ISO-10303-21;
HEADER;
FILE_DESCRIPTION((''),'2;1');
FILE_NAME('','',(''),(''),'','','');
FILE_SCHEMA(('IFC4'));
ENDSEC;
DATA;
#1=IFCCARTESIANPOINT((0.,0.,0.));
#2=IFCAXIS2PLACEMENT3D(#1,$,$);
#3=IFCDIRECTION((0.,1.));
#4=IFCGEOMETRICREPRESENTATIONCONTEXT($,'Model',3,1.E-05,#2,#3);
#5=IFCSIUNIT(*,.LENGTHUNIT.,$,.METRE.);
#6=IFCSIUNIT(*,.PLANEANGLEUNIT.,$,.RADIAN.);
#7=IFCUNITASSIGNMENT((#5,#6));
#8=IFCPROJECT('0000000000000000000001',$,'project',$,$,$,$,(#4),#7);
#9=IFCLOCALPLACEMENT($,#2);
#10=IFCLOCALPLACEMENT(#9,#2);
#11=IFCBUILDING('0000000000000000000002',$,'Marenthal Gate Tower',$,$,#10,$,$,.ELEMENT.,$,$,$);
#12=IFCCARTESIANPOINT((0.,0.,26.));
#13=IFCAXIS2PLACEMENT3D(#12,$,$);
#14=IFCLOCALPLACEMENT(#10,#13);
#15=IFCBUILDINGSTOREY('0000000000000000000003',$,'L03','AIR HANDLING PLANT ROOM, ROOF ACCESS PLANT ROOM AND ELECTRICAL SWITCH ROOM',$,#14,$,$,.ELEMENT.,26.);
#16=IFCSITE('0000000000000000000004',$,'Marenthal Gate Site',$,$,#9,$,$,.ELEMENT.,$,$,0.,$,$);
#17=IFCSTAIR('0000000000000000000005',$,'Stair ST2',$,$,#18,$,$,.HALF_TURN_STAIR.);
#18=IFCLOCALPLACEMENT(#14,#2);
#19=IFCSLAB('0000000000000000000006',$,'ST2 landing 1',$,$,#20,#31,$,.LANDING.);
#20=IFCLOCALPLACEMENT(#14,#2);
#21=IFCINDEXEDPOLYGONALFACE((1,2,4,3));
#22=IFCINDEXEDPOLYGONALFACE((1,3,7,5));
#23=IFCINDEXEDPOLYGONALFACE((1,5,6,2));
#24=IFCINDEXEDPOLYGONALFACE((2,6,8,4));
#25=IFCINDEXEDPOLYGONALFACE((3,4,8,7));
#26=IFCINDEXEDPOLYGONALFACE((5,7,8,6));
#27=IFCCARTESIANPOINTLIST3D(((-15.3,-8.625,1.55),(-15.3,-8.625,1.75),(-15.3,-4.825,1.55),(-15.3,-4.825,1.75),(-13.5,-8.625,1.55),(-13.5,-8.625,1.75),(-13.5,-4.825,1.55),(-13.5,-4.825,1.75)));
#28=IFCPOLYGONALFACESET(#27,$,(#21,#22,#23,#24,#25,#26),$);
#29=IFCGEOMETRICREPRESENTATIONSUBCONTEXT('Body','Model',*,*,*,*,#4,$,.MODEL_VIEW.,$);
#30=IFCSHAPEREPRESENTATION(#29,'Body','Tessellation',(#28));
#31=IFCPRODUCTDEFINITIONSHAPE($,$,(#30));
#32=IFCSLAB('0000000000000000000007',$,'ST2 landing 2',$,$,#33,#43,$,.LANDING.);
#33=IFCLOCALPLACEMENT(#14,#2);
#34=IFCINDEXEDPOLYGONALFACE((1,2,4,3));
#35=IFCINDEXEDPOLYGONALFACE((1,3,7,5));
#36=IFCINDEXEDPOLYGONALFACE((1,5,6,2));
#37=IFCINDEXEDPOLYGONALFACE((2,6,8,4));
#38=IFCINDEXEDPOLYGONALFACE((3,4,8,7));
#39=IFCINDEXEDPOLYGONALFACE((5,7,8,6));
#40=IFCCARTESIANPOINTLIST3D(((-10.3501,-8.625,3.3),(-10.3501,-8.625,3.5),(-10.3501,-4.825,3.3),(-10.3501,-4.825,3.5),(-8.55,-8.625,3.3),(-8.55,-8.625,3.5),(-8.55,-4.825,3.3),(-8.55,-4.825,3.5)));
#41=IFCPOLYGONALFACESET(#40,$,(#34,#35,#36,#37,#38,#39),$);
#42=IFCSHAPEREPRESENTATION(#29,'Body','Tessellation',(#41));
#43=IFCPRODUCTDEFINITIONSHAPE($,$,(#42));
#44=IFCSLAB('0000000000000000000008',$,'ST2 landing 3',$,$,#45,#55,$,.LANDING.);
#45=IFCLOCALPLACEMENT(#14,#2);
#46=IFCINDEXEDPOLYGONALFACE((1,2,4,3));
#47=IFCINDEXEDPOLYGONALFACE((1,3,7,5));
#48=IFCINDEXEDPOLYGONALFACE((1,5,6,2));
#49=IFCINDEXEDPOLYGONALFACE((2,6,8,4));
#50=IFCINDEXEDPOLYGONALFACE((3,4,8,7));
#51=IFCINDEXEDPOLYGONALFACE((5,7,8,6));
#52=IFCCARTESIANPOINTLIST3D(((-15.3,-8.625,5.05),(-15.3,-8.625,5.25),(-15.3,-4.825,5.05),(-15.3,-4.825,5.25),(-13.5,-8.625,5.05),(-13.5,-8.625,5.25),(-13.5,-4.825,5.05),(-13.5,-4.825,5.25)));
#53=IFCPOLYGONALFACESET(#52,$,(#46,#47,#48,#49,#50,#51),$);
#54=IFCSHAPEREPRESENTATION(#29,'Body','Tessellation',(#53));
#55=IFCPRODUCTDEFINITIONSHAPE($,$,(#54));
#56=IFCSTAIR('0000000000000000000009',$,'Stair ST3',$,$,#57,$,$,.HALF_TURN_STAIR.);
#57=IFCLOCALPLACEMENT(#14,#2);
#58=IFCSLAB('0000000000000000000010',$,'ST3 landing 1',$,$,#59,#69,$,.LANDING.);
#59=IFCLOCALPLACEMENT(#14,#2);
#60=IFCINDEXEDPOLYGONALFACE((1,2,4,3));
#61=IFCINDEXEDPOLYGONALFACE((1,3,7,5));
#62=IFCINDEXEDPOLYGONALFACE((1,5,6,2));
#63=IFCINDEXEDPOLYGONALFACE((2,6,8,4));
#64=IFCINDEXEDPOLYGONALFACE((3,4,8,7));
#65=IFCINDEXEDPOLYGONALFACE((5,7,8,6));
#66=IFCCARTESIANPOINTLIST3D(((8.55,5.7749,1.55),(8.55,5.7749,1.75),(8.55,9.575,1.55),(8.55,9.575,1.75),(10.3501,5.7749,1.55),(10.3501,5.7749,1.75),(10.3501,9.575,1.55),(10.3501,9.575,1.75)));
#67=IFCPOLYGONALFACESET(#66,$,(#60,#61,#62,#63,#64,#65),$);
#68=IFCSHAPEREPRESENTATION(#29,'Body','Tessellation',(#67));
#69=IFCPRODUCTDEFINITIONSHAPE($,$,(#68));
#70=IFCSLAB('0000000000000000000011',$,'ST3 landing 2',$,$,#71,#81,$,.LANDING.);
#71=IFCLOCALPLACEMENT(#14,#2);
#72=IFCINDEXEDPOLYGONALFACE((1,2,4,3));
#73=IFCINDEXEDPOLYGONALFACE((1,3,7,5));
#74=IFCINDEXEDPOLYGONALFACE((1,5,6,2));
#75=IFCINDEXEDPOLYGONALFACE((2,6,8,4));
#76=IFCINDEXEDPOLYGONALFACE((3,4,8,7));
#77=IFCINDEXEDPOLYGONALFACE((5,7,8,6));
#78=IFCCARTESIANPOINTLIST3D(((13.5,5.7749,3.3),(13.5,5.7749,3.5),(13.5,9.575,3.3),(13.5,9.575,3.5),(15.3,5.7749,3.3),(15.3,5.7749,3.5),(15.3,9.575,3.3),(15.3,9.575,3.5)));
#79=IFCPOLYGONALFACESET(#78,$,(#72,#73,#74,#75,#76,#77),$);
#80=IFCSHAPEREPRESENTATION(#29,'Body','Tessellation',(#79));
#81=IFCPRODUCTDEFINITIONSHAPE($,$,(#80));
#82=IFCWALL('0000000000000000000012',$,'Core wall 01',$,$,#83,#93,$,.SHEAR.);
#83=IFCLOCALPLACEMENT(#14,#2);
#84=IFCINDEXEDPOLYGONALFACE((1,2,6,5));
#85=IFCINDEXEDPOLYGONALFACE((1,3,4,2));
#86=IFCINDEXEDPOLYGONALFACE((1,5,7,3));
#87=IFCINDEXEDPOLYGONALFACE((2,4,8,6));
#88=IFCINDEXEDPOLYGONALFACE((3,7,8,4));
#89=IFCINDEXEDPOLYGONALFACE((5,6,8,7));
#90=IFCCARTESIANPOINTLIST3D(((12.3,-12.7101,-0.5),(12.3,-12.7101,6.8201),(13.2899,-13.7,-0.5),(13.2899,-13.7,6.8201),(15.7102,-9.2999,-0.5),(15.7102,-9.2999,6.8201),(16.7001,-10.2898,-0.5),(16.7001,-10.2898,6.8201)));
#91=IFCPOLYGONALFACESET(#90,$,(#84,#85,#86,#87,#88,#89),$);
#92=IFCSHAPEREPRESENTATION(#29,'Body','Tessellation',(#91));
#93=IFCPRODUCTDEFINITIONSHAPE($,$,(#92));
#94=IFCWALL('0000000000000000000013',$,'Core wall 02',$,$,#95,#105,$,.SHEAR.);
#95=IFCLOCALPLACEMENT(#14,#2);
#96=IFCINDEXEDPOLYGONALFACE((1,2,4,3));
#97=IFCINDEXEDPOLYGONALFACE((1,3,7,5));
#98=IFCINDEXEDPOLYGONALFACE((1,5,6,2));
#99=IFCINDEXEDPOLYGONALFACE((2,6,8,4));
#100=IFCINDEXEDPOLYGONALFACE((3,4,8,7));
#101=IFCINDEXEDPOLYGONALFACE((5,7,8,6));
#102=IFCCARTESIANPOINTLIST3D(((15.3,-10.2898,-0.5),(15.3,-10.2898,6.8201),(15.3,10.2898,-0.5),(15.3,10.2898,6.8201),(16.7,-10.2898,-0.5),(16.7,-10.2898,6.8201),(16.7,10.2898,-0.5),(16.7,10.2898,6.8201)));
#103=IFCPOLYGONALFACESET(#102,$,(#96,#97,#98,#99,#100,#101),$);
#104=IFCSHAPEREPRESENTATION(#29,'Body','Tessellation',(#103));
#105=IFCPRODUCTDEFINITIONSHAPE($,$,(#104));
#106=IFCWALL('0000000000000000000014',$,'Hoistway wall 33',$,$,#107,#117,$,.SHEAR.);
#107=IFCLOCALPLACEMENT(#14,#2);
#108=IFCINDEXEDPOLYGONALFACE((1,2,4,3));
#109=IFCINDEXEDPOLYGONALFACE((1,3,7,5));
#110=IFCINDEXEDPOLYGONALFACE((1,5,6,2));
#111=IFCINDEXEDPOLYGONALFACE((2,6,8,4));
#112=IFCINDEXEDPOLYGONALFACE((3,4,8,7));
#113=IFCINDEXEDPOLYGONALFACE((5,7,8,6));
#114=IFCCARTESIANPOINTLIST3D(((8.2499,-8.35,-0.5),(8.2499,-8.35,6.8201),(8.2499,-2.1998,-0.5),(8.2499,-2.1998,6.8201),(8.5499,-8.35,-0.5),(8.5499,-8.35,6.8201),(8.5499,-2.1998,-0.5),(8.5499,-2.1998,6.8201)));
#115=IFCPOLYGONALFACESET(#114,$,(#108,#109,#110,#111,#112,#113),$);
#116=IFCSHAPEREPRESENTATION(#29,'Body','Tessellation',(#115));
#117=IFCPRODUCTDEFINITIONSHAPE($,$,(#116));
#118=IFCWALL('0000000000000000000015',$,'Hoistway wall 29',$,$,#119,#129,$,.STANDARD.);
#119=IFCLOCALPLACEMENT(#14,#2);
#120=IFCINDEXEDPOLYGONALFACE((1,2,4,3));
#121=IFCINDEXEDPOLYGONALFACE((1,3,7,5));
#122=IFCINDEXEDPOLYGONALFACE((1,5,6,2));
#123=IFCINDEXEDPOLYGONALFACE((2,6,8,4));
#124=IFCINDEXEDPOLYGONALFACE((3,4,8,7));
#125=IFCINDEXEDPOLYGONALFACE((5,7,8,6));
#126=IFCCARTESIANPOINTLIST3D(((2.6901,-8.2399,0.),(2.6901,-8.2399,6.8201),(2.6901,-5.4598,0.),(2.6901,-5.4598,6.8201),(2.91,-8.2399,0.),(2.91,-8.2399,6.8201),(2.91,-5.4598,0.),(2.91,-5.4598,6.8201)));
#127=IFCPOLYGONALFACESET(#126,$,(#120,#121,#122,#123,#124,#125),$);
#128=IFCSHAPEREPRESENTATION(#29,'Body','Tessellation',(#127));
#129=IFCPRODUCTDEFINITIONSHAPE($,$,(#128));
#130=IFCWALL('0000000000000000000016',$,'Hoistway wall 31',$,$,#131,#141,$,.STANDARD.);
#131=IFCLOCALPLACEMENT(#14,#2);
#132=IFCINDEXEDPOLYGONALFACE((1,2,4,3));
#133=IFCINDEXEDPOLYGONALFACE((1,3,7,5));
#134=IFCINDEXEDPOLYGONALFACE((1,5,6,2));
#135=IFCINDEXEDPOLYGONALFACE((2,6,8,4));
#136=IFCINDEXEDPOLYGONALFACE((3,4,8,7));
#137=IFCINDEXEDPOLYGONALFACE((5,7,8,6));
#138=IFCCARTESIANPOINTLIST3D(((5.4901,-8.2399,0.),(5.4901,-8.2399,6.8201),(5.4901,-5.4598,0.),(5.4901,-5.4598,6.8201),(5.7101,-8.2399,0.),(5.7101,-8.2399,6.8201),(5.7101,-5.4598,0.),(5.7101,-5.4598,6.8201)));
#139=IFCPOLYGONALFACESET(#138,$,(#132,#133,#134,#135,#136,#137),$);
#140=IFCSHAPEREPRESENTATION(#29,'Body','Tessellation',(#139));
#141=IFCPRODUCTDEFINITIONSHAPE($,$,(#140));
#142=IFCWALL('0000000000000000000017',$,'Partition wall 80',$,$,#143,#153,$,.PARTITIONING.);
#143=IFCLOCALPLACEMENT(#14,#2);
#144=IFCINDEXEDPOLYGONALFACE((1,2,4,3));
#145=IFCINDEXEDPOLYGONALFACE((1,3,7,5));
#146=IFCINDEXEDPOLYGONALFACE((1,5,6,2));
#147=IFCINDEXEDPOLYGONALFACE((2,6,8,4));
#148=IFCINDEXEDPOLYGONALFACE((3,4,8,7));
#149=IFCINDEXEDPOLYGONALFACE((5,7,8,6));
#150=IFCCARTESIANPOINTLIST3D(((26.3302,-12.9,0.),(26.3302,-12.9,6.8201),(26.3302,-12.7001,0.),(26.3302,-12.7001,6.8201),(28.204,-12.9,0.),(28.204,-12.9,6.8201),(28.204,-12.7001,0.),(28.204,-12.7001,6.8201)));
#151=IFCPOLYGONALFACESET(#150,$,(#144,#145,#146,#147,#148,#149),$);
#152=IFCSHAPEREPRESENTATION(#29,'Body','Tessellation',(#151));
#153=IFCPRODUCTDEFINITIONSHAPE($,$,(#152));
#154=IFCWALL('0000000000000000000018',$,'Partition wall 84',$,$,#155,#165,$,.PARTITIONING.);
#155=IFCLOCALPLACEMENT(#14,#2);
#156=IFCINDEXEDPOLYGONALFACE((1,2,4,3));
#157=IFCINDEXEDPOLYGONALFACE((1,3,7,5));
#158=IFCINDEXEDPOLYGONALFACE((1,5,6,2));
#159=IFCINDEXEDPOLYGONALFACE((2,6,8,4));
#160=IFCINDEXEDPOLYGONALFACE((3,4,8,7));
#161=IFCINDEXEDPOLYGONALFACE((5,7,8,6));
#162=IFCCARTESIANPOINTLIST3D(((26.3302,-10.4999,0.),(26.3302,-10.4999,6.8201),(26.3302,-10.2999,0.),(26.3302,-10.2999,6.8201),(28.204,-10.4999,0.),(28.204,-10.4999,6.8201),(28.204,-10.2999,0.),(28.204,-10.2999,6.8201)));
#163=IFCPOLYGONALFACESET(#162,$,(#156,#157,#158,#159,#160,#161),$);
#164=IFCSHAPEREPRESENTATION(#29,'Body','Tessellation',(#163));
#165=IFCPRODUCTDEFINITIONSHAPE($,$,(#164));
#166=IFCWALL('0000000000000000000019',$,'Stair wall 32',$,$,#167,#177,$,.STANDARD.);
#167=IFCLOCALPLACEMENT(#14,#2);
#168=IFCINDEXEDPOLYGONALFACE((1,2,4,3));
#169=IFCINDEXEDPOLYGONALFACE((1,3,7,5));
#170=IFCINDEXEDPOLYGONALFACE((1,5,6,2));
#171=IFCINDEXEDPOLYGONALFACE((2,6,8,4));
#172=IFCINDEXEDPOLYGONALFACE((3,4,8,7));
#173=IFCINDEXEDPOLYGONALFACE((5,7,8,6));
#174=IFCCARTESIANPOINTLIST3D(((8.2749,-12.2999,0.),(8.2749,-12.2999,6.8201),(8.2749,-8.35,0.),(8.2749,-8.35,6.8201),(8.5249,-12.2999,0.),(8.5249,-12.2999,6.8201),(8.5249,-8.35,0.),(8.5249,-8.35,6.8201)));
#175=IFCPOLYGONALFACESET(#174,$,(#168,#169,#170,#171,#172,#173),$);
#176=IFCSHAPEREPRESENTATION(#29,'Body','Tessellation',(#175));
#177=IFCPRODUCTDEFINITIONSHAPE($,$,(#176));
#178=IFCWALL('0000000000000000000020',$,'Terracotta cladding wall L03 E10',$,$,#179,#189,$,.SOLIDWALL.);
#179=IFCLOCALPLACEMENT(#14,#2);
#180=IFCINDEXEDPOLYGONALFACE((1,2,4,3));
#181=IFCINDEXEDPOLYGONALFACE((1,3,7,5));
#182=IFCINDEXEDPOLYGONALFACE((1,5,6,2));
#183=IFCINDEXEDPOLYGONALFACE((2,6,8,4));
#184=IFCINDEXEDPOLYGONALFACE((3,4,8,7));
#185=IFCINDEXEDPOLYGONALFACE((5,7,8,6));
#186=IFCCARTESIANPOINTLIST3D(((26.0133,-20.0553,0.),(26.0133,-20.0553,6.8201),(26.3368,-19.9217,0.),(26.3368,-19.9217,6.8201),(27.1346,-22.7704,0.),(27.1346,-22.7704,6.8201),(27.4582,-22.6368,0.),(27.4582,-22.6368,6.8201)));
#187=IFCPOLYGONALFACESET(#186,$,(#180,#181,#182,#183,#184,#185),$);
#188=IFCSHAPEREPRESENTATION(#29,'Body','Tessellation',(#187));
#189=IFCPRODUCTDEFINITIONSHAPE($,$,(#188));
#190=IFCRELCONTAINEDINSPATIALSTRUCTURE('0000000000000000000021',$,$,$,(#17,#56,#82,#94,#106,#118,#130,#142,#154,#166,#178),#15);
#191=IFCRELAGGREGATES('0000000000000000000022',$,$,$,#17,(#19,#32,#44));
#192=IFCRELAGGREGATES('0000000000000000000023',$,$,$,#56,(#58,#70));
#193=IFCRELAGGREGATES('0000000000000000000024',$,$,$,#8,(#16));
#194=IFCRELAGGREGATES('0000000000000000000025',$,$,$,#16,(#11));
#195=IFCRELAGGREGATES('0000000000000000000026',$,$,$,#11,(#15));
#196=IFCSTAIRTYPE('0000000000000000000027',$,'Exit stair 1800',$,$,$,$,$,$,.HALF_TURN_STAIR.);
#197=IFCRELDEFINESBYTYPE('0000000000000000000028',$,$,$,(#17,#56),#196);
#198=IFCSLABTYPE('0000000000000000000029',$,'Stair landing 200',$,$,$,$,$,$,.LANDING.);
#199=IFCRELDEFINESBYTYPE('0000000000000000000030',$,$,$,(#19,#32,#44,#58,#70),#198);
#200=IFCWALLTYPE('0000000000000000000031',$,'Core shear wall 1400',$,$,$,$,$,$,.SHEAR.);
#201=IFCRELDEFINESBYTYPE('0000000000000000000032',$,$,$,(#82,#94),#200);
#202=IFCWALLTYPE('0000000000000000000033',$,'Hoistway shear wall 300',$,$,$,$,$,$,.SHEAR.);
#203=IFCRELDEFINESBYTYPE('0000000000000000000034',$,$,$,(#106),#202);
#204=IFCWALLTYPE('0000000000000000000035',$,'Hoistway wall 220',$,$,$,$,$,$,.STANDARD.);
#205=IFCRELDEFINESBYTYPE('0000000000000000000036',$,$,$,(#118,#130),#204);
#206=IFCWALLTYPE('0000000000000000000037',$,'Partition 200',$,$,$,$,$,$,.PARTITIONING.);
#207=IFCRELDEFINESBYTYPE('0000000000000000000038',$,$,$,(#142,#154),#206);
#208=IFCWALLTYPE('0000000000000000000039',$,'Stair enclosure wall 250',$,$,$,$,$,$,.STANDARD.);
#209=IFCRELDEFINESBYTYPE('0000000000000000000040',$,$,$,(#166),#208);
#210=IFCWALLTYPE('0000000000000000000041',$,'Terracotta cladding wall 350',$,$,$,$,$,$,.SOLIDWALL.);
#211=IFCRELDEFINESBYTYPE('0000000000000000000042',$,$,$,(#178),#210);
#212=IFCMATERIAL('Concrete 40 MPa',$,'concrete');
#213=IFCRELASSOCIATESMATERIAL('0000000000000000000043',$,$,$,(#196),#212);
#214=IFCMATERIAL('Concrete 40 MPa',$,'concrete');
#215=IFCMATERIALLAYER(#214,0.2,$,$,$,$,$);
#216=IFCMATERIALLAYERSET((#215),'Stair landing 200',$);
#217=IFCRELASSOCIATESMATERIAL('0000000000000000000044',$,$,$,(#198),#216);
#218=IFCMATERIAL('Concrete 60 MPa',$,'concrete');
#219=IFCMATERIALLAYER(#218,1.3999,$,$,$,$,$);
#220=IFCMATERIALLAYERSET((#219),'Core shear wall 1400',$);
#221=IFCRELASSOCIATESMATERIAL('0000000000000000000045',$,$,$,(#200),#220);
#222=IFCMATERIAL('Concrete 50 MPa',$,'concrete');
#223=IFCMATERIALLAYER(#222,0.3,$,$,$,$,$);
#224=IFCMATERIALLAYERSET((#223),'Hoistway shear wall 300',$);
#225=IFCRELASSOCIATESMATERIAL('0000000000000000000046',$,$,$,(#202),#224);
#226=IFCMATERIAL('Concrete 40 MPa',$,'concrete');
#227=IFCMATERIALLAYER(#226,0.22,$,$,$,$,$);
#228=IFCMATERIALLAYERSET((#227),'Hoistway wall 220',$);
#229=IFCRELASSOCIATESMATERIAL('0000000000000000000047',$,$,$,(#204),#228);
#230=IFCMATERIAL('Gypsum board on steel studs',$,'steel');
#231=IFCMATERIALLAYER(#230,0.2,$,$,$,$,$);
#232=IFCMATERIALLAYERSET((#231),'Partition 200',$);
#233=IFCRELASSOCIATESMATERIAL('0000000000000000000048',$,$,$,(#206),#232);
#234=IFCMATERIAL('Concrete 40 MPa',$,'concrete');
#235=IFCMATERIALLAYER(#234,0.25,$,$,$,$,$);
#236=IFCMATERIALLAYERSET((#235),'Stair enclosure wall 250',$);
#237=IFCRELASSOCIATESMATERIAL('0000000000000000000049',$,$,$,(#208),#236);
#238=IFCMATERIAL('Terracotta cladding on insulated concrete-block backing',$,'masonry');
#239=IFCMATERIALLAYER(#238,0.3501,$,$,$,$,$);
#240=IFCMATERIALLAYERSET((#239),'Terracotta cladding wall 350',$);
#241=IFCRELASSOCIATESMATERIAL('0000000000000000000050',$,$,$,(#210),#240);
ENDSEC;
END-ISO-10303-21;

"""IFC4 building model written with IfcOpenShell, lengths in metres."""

from ifc_helpers import new_model, si_unit, direction, frame, frame_2d, origin, place, context, subcontext, project, spatial, polyline, rectangle, outline, extrude, material, layer, layer_set, type_object, element, aggregate, save


model = new_model("IFC4")

# Units and contexts
model_context = context("Model", 3, precision=1e-05, world=origin(), true_north=direction((0.0, 1.0)))
body_context = subcontext(model_context, "Body", "Model", "MODEL_VIEW")
ifc_project = project(units=[si_unit("LENGTHUNIT", "METRE"), si_unit("PLANEANGLEUNIT", "RADIAN")], contexts=[model_context])

# Site, building, storey
site_placement = place(None, origin())
site = spatial("IfcSite", under=ifc_project, at=site_placement, Name="Marenthal Gate Site", CompositionType="ELEMENT", RefElevation=0.0)
building_placement = place(site_placement, origin())
building = spatial("IfcBuilding", under=site, at=building_placement, Name="Marenthal Gate Tower", CompositionType="ELEMENT")
storey_placement = place(building_placement, frame((0.0, 0.0, 26.0)))
storey = spatial("IfcBuildingStorey", under=building, at=storey_placement, Name="L03", Description="AIR HANDLING PLANT ROOM, ROOF ACCESS PLANT ROOM AND ELECTRICAL SWITCH ROOM", CompositionType="ELEMENT", Elevation=26.0)

# Stairs, slabs
ifc_material_1 = material(Name="Concrete 40 MPa", Category="concrete")
stair_type = type_object("IfcStairType", Name="Exit stair 1800", PredefinedType="HALF_TURN_STAIR", material=ifc_material_1)
ifc_material_2 = material(Name="Concrete 40 MPa", Category="concrete")
ifc_layer_1 = layer(ifc_material_2, 0.2)
ifc_layer_set_1 = layer_set([ifc_layer_1], Name="Stair landing 200")
slab_type_1 = type_object("IfcSlabType", Name="Stair landing 200", PredefinedType="LANDING", material=ifc_layer_set_1)
stair_1_placement = place(storey_placement, origin())
stair_1 = element("IfcStair", 1, at=stair_1_placement, inside=storey, type_object=stair_type, Name="Stair ST2", PredefinedType="HALF_TURN_STAIR")
slab_1_placement = place(storey_placement, frame((0.0, 0.0, 1.55)))
slab_1 = element("IfcSlab", 2, at=slab_1_placement, type_object=slab_type_1, Name="ST2 landing 1", PredefinedType="LANDING", context=body_context, shape_type="SweptSolid", body=[
    extrude(outline(polyline([(-15.3, -8.625), (-13.5, -8.625), (-13.5, -4.825), (-15.3, -4.825), (-15.3, -8.625)])), origin(), (0.0, 0.0, 1.0), 0.2),
])
slab_2_placement = place(storey_placement, frame((0.0, 0.0, 3.3)))
slab_2 = element("IfcSlab", 3, at=slab_2_placement, type_object=slab_type_1, Name="ST2 landing 2", PredefinedType="LANDING", context=body_context, shape_type="SweptSolid", body=[
    extrude(outline(polyline([(-10.3501, -8.625), (-8.55, -8.625), (-8.55, -4.825), (-10.3501, -4.825), (-10.3501, -8.625)])), origin(), (0.0, 0.0, 1.0), 0.2),
])
slab_3_placement = place(storey_placement, frame((0.0, 0.0, 5.05)))
slab_3 = element("IfcSlab", 4, at=slab_3_placement, type_object=slab_type_1, Name="ST2 landing 3", PredefinedType="LANDING", context=body_context, shape_type="SweptSolid", body=[
    extrude(outline(polyline([(-15.3, -8.625), (-13.5, -8.625), (-13.5, -4.825), (-15.3, -4.825), (-15.3, -8.625)])), origin(), (0.0, 0.0, 1.0), 0.2),
])
aggregate(stair_1, [slab_1, slab_2, slab_3])
stair_2_placement = place(storey_placement, origin())
stair_2 = element("IfcStair", 5, at=stair_2_placement, inside=storey, type_object=stair_type, Name="Stair ST3", PredefinedType="HALF_TURN_STAIR")
slab_4_placement = place(storey_placement, frame((0.0, 0.0, 1.55)))
slab_4 = element("IfcSlab", 6, at=slab_4_placement, type_object=slab_type_1, Name="ST3 landing 1", PredefinedType="LANDING", context=body_context, shape_type="SweptSolid", body=[
    extrude(outline(polyline([(8.55, 5.7749), (10.3501, 5.7749), (10.3501, 9.575), (8.55, 9.575), (8.55, 5.7749)])), origin(), (0.0, 0.0, 1.0), 0.2),
])
slab_5_placement = place(storey_placement, frame((0.0, 0.0, 3.3)))
slab_5 = element("IfcSlab", 7, at=slab_5_placement, type_object=slab_type_1, Name="ST3 landing 2", PredefinedType="LANDING", context=body_context, shape_type="SweptSolid", body=[
    extrude(outline(polyline([(13.5, 5.7749), (15.3, 5.7749), (15.3, 9.575), (13.5, 9.575), (13.5, 5.7749)])), origin(), (0.0, 0.0, 1.0), 0.2),
])
aggregate(stair_2, [slab_4, slab_5])

# Walls
ifc_material_3 = material(Name="Concrete 60 MPa", Category="concrete")
ifc_layer_2 = layer(ifc_material_3, 1.3999)
ifc_layer_set_2 = layer_set([ifc_layer_2], Name="Core shear wall 1400")
wall_type_1 = type_object("IfcWallType", Name="Core shear wall 1400", PredefinedType="SHEAR", material=ifc_layer_set_2)
wall_1_placement = place(storey_placement, frame((12.7949, -13.2051, -0.5), z_axis=(0.0, 0.0, 1.0), x_axis=(0.707107, 0.707107, 0.0)))
element("IfcWall", 8, at=wall_1_placement, inside=storey, type_object=wall_type_1, Name="Core wall 01", PredefinedType="SHEAR", context=body_context, shape_type="SweptSolid", body=[
    extrude(rectangle(XDim=4.8228, YDim=1.3999, at=frame_2d((2.4114, 0.0))), origin(), (0.0, 0.0, 1.0), 7.3201),
])
wall_2_placement = place(storey_placement, frame((16.0, -10.2898, -0.5), z_axis=(0.0, 0.0, 1.0), x_axis=(0.0, 1.0, 0.0)))
element("IfcWall", 9, at=wall_2_placement, inside=storey, type_object=wall_type_1, Name="Core wall 02", PredefinedType="SHEAR", context=body_context, shape_type="SweptSolid", body=[
    extrude(rectangle(XDim=20.5796, YDim=1.3999, at=frame_2d((10.2898, 0.0))), origin(), (0.0, 0.0, 1.0), 7.3201),
])
ifc_material_4 = material(Name="Concrete 50 MPa", Category="concrete")
ifc_layer_3 = layer(ifc_material_4, 0.3)
ifc_layer_set_3 = layer_set([ifc_layer_3], Name="Hoistway shear wall 300")
wall_type_2 = type_object("IfcWallType", Name="Hoistway shear wall 300", PredefinedType="SHEAR", material=ifc_layer_set_3)
wall_3_placement = place(storey_placement, frame((8.3999, -8.3501, -0.5), z_axis=(0.0, 0.0, 1.0), x_axis=(0.0, 1.0, 0.0)))
element("IfcWall", 10, at=wall_3_placement, inside=storey, type_object=wall_type_2, Name="Hoistway wall 33", PredefinedType="SHEAR", context=body_context, shape_type="SweptSolid", body=[
    extrude(rectangle(XDim=6.1501, YDim=0.3, at=frame_2d((3.0752, 0.0))), origin(), (0.0, 0.0, 1.0), 7.3201),
])
ifc_material_5 = material(Name="Concrete 40 MPa", Category="concrete")
ifc_layer_4 = layer(ifc_material_5, 0.22)
ifc_layer_set_4 = layer_set([ifc_layer_4], Name="Hoistway wall 220")
wall_type_3 = type_object("IfcWallType", Name="Hoistway wall 220", PredefinedType="STANDARD", material=ifc_layer_set_4)
for number, where, z_axis, x_axis, name in (
    (11, (2.8, -8.24, 0.0), (0.0, 0.0, 1.0), (0.0, 1.0, 0.0), "Hoistway wall 29"),
    (12, (5.6001, -8.24, 0.0), (0.0, 0.0, 1.0), (0.0, 1.0, 0.0), "Hoistway wall 31"),
):
    element("IfcWall", number, at=place(storey_placement, frame(where, z_axis=z_axis, x_axis=x_axis)), inside=storey, type_object=wall_type_3, Name=name, PredefinedType="STANDARD", context=body_context, shape_type="SweptSolid", body=[
        extrude(rectangle(XDim=2.78, YDim=0.22, at=frame_2d((1.3901, 0.0))), origin(), (0.0, 0.0, 1.0), 6.8201),
    ])
ifc_material_6 = material(Name="Gypsum board on steel studs", Category="steel")
ifc_layer_5 = layer(ifc_material_6, 0.2)
ifc_layer_set_5 = layer_set([ifc_layer_5], Name="Partition 200")
wall_type_4 = type_object("IfcWallType", Name="Partition 200", PredefinedType="PARTITIONING", material=ifc_layer_set_5)
for number, where, z_axis, x_axis, name in (
    (13, (26.3301, -12.8, 0.0), (0.0, 0.0, 1.0), (1.0, 0.0, 0.0), "Partition wall 80"),
    (14, (26.3301, -10.3999, 0.0), (0.0, 0.0, 1.0), (1.0, 0.0, 0.0), "Partition wall 84"),
):
    element("IfcWall", number, at=place(storey_placement, frame(where, z_axis=z_axis, x_axis=x_axis)), inside=storey, type_object=wall_type_4, Name=name, PredefinedType="PARTITIONING", context=body_context, shape_type="SweptSolid", body=[
        extrude(rectangle(XDim=1.8738, YDim=0.2, at=frame_2d((0.937, 0.0))), origin(), (0.0, 0.0, 1.0), 6.8201),
    ])
ifc_material_7 = material(Name="Concrete 40 MPa", Category="concrete")
ifc_layer_6 = layer(ifc_material_7, 0.25)
ifc_layer_set_6 = layer_set([ifc_layer_6], Name="Stair enclosure wall 250")
wall_type_5 = type_object("IfcWallType", Name="Stair enclosure wall 250", PredefinedType="STANDARD", material=ifc_layer_set_6)
wall_4_placement = place(storey_placement, frame((8.3999, -12.3, 0.0), z_axis=(0.0, 0.0, 1.0), x_axis=(0.0, 1.0, 0.0)))
element("IfcWall", 15, at=wall_4_placement, inside=storey, type_object=wall_type_5, Name="Stair wall 32", PredefinedType="STANDARD", context=body_context, shape_type="SweptSolid", body=[
    extrude(rectangle(XDim=3.95, YDim=0.25, at=frame_2d((1.9751, 0.0))), origin(), (0.0, 0.0, 1.0), 6.8201),
])
ifc_material_8 = material(Name="Terracotta cladding on insulated concrete-block backing", Category="masonry")
ifc_layer_7 = layer(ifc_material_8, 0.3501)
ifc_layer_set_7 = layer_set([ifc_layer_7], Name="Terracotta cladding wall 350")
wall_type_6 = type_object("IfcWallType", Name="Terracotta cladding wall 350", PredefinedType="SOLIDWALL", material=ifc_layer_set_7)
wall_5_placement = place(storey_placement, frame((26.175, -19.9885, 0.0), z_axis=(0.0, 0.0, 1.0), x_axis=(0.381728, -0.924275, 0.0)))
element("IfcWall", 16, at=wall_5_placement, inside=storey, type_object=wall_type_6, Name="Terracotta cladding wall L03 E10", PredefinedType="SOLIDWALL", context=body_context, shape_type="SweptSolid", body=[
    extrude(rectangle(XDim=2.9375, YDim=0.3501, at=frame_2d((1.4688, 0.0))), origin(), (0.0, 0.0, 1.0), 6.8201),
])

save(model, "model.ifc")
